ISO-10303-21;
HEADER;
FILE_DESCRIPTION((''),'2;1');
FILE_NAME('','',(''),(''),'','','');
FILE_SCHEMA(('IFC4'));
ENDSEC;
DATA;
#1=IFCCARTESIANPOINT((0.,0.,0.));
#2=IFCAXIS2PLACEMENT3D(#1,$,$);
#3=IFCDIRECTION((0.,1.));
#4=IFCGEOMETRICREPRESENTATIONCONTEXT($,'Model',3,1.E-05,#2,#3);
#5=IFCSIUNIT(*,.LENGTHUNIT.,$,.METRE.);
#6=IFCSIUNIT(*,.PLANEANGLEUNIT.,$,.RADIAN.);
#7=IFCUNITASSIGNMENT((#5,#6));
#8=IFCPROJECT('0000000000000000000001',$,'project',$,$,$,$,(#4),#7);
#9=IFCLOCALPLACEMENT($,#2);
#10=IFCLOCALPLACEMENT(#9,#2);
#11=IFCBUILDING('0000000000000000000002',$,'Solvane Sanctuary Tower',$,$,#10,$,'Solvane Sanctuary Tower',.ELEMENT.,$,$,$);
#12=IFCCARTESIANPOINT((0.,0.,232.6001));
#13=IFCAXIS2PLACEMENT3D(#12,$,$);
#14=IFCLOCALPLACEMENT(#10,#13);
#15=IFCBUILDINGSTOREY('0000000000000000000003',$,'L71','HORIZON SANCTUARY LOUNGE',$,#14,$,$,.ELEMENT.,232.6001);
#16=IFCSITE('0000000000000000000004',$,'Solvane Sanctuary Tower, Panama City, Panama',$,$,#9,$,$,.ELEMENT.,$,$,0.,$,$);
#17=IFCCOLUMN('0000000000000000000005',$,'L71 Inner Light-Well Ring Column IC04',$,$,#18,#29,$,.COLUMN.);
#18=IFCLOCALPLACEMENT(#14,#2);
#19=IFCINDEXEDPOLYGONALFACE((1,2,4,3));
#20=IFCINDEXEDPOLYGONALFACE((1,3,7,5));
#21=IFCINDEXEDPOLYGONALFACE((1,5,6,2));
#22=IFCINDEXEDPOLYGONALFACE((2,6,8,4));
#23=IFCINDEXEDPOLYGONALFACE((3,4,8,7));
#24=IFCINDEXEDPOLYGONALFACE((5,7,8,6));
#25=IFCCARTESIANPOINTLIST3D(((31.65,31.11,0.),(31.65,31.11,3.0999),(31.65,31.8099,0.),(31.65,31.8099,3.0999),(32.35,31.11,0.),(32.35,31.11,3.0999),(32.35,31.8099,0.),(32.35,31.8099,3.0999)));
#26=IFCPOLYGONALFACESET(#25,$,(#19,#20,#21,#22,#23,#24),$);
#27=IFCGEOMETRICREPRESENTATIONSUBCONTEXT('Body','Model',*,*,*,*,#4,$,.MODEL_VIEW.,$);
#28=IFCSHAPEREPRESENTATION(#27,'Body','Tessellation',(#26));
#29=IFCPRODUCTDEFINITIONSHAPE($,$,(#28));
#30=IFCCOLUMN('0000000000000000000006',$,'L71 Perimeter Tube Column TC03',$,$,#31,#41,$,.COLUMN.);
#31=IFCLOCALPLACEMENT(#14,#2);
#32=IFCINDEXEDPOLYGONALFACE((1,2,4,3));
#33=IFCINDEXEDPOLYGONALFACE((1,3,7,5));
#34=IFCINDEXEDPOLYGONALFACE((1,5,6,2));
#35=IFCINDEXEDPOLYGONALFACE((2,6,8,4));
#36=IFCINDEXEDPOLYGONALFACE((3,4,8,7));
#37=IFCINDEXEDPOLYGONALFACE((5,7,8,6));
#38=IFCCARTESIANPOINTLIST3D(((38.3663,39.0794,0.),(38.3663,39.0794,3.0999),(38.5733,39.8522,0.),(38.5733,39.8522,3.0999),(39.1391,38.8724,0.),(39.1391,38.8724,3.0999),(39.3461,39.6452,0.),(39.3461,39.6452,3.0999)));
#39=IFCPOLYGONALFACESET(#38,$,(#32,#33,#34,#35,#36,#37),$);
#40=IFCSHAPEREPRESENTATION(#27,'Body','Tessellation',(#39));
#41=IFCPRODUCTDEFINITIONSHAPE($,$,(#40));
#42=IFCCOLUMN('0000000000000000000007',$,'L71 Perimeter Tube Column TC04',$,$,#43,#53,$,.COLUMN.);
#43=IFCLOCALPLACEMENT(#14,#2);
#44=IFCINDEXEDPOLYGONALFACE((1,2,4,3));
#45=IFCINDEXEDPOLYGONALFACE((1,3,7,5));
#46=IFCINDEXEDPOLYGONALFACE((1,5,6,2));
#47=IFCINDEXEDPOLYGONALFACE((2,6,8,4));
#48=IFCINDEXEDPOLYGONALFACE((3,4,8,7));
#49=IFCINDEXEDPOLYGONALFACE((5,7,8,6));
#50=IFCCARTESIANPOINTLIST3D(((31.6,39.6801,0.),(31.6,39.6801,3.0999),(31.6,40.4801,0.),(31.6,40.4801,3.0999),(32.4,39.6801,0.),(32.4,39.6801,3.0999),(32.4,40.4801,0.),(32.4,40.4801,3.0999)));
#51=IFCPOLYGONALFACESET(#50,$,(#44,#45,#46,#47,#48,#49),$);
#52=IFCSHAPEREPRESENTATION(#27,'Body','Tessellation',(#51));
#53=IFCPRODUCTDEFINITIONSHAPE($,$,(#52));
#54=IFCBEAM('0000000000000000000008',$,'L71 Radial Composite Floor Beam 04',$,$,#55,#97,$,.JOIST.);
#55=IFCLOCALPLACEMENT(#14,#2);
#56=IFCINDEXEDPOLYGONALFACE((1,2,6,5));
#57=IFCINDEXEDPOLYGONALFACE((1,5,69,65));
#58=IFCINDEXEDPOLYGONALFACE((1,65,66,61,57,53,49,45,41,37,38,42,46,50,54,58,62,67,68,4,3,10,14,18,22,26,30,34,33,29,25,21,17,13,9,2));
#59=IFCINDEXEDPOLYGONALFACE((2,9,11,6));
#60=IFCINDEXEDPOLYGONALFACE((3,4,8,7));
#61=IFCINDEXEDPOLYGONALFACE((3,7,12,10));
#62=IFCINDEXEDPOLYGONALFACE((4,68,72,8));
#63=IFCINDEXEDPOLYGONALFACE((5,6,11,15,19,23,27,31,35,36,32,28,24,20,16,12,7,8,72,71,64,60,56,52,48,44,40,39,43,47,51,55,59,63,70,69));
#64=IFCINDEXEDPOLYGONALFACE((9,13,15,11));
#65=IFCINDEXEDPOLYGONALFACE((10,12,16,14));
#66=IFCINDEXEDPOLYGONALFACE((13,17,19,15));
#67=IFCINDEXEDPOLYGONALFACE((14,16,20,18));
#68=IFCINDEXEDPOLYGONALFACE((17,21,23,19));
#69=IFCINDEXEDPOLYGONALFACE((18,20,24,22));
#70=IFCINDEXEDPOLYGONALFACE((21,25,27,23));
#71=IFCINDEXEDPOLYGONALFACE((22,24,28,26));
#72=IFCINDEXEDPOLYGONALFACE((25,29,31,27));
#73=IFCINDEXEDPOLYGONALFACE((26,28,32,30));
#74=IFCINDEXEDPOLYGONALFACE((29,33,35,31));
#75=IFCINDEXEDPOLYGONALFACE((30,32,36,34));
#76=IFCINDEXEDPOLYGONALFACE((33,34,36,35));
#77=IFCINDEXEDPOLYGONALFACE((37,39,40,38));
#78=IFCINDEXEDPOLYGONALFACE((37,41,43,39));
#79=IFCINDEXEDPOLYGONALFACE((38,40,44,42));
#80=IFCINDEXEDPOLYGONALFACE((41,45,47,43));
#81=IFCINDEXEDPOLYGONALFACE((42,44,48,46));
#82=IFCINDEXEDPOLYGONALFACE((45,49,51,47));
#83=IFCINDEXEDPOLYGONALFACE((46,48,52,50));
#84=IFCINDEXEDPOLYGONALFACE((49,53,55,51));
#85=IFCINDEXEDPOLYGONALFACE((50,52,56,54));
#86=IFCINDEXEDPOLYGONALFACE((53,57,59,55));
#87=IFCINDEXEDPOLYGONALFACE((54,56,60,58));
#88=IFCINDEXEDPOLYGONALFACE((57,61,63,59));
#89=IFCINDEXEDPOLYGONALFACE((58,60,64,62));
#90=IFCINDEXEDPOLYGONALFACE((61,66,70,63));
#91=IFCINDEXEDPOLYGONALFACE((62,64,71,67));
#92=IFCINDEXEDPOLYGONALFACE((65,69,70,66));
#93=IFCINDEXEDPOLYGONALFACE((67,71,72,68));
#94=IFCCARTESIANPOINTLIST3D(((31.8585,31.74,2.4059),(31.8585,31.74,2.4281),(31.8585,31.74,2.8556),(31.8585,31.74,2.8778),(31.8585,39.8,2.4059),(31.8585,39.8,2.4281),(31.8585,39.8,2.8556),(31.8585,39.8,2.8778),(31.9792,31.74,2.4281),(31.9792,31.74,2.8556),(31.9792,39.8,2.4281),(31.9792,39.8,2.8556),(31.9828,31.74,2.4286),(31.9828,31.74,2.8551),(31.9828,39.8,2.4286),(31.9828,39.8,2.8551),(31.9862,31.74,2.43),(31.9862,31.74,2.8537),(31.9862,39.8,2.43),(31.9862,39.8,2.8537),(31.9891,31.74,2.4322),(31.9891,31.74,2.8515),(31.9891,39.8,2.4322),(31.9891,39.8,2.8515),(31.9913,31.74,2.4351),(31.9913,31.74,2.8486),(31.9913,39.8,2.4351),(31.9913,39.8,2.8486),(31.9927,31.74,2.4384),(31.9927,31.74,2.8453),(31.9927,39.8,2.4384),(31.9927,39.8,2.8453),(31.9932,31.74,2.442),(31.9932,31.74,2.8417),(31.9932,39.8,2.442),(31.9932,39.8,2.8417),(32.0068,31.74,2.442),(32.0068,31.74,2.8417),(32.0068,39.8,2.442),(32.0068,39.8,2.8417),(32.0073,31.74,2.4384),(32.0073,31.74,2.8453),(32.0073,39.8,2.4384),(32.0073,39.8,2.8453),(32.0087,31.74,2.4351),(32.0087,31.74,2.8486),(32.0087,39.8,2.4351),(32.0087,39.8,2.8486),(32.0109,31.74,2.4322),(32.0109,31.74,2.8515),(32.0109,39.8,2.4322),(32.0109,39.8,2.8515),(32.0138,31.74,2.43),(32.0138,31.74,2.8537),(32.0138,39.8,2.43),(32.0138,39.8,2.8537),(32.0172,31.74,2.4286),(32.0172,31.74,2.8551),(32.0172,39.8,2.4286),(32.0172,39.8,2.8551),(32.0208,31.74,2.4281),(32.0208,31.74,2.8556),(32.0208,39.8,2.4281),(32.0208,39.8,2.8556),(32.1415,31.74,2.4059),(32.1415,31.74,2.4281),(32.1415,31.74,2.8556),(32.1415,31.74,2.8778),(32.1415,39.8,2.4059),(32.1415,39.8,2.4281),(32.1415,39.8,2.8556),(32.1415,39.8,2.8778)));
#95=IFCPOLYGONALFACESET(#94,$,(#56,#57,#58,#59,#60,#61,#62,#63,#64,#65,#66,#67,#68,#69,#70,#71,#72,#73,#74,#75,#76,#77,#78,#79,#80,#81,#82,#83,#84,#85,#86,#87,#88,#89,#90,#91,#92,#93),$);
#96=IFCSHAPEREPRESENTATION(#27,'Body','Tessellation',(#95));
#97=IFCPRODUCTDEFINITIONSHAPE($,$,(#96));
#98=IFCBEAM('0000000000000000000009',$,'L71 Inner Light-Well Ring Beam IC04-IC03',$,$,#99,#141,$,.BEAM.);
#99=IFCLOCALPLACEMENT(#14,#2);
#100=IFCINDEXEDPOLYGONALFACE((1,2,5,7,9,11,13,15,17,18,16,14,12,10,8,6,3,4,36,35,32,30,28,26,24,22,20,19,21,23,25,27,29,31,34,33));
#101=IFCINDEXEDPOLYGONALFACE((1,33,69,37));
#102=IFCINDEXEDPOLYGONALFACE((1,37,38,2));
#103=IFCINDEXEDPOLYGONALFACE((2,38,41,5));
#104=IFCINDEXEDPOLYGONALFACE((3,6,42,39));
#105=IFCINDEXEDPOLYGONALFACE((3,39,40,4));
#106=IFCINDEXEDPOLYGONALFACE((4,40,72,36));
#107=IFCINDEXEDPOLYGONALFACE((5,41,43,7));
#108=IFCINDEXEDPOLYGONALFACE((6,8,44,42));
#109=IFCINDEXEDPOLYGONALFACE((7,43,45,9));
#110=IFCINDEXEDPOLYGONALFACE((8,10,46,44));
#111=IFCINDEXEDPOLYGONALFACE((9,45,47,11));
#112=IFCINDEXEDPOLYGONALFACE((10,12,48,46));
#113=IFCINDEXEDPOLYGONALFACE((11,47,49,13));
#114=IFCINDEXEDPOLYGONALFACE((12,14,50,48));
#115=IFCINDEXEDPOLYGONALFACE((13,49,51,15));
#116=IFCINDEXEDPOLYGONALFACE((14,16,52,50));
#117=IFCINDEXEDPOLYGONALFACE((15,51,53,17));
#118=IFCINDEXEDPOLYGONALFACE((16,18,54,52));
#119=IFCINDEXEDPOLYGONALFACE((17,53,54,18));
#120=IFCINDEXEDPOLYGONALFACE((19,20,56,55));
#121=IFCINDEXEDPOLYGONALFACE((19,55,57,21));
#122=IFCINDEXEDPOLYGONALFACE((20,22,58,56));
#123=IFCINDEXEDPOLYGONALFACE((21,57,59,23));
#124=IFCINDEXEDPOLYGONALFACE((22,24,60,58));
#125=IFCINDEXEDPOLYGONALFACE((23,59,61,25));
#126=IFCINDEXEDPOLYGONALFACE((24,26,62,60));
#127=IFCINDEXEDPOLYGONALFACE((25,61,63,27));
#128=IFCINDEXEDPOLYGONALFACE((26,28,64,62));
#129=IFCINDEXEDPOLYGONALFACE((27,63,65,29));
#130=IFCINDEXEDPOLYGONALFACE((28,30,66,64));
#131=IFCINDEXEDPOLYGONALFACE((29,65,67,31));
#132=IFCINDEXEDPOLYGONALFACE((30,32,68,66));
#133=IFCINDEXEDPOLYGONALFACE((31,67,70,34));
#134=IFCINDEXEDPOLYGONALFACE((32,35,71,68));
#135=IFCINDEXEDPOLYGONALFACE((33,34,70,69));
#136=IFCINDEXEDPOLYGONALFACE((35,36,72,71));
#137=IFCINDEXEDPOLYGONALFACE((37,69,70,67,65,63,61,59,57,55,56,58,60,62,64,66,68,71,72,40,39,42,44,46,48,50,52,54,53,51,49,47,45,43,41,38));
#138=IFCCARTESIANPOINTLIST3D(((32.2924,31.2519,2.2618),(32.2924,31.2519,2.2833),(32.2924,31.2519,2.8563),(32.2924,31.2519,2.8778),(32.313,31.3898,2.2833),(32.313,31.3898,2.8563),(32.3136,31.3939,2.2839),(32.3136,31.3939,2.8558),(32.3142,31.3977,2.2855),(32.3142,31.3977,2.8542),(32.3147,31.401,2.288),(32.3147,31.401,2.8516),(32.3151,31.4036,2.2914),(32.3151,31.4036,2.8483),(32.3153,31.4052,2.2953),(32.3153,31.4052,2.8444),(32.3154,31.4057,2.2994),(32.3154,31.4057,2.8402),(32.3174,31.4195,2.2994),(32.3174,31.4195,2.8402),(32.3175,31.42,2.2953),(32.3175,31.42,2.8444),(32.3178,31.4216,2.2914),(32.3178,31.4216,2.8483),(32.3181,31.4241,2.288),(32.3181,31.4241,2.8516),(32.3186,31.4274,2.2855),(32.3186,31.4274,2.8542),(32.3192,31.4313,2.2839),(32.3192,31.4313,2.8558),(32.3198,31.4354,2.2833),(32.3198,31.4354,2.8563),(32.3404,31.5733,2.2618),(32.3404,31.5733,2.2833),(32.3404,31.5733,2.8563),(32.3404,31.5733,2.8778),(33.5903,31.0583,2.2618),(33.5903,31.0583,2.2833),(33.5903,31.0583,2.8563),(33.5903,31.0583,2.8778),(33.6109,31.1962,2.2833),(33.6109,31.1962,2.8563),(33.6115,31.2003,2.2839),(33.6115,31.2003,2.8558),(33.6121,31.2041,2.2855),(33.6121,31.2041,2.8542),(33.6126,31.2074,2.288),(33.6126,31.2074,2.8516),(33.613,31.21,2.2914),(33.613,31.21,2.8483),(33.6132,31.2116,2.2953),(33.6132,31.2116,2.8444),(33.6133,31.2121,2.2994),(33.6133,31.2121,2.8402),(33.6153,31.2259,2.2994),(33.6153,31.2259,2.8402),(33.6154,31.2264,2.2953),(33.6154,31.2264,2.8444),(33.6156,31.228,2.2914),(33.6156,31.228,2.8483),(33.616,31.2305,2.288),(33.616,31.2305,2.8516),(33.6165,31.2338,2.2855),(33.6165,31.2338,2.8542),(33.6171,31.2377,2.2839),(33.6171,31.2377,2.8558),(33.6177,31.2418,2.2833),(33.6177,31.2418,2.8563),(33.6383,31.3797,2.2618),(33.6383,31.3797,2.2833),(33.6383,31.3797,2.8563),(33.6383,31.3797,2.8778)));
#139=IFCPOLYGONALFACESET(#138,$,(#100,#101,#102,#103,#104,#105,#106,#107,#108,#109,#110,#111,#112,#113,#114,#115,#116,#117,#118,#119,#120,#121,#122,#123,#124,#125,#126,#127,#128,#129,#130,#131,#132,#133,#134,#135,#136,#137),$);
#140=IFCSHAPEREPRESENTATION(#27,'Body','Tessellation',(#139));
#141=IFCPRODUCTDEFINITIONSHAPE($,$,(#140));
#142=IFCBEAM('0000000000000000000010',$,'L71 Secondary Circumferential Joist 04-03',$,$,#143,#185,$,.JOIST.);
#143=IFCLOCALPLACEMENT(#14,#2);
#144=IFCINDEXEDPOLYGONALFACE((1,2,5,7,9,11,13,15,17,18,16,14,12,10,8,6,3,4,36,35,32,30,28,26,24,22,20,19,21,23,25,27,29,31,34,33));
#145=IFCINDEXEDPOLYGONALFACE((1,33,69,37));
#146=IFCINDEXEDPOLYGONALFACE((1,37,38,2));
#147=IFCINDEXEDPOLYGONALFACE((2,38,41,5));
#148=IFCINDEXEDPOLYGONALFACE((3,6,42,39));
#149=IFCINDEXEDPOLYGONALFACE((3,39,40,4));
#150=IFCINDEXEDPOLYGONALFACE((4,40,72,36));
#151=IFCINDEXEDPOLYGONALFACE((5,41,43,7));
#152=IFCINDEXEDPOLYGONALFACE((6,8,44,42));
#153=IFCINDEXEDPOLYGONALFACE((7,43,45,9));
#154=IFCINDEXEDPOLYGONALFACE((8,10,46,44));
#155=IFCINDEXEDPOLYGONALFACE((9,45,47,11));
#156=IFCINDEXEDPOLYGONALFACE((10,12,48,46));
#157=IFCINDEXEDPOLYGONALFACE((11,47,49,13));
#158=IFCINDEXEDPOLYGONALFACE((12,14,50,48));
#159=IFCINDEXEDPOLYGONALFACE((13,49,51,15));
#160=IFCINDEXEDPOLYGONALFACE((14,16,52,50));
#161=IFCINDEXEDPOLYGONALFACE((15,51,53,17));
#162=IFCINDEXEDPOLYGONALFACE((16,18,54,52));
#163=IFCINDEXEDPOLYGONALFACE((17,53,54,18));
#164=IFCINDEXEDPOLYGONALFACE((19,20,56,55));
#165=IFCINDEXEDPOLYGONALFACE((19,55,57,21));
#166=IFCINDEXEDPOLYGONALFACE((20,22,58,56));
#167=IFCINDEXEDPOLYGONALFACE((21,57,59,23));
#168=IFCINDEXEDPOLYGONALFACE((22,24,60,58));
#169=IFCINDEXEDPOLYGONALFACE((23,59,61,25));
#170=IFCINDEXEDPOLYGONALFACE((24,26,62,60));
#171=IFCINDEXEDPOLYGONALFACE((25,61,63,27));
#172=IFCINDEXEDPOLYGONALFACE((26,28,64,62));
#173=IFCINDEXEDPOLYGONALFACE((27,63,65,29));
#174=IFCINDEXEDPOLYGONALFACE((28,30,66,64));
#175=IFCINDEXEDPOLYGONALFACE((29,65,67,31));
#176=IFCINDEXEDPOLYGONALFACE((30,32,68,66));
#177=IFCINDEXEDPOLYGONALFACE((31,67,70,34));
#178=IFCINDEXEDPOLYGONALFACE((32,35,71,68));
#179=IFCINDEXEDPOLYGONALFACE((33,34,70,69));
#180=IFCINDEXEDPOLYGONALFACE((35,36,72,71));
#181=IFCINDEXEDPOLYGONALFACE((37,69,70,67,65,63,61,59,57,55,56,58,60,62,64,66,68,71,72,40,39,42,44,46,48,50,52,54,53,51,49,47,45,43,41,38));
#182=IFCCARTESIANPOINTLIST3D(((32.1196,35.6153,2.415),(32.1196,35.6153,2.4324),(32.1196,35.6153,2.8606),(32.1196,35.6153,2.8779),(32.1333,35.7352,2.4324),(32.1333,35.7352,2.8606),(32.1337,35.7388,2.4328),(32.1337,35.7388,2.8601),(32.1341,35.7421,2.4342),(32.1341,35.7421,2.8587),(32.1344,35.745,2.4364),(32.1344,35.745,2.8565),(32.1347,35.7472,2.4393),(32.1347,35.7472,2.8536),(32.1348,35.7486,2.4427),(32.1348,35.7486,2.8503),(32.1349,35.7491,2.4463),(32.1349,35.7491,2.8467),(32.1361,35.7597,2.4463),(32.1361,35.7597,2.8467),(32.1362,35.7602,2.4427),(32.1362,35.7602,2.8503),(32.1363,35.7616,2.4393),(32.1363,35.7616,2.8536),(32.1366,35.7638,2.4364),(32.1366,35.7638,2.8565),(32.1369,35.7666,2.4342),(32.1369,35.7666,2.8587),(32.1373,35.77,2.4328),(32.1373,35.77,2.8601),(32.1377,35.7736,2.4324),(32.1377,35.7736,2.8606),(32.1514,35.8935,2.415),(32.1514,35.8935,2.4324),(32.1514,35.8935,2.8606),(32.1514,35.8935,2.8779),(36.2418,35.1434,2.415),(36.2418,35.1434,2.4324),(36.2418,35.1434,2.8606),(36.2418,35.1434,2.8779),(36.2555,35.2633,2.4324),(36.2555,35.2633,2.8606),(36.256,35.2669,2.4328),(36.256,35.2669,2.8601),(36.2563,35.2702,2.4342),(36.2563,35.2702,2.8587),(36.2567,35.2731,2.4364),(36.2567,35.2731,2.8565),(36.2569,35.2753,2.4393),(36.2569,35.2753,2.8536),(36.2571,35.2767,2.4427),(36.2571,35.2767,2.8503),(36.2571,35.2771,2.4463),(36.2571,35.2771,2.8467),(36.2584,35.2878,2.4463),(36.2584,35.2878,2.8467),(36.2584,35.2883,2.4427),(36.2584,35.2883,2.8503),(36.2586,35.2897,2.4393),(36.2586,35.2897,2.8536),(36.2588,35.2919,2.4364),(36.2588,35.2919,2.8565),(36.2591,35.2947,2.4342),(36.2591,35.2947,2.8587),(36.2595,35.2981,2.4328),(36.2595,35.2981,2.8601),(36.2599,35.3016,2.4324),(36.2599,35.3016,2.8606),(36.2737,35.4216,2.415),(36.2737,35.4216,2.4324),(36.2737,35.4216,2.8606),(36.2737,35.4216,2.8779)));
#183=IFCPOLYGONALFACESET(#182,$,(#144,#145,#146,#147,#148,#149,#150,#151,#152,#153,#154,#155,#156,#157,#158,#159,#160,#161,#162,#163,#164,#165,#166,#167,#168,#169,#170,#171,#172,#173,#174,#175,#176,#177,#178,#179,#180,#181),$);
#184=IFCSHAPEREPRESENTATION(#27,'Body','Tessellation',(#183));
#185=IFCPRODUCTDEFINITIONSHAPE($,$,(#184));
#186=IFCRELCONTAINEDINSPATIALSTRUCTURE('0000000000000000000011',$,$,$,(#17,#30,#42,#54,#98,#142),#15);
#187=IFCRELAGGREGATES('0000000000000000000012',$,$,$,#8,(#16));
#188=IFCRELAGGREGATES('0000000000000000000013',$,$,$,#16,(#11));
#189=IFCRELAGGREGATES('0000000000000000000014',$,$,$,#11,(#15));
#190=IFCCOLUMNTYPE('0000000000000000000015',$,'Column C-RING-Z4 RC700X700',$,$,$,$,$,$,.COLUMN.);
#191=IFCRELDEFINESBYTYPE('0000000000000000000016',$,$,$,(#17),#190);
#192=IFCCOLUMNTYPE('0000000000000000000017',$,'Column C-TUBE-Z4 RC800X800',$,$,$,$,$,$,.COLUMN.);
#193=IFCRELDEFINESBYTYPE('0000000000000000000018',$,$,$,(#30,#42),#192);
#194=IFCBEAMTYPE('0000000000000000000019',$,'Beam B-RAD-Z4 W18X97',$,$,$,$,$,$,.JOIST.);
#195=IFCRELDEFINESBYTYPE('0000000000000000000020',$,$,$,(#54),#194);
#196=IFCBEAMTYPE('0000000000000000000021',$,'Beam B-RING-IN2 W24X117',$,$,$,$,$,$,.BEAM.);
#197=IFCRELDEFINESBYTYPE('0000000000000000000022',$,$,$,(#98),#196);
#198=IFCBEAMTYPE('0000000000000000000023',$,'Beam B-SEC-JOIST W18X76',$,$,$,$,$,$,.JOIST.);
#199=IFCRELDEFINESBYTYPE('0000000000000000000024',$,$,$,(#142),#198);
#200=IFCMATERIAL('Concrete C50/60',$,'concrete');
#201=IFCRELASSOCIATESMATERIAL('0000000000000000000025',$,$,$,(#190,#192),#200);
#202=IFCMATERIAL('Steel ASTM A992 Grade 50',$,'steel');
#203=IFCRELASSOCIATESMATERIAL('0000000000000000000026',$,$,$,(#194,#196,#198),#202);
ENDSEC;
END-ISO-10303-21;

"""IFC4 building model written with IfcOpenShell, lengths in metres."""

from ifc_helpers import new_model, si_unit, direction, frame, origin, origin_2d, place, context, subcontext, project, spatial, rectangle, i_section, extrude, material, material_profile, profile_set, type_object, element, save


model = new_model("IFC4")

# Units and contexts
model_context = context("Model", 3, precision=1e-05, world=origin(), true_north=direction((0.0, 1.0)))
body_context = subcontext(model_context, "Body", "Model", "MODEL_VIEW")
ifc_project = project(units=[si_unit("LENGTHUNIT", "METRE"), si_unit("PLANEANGLEUNIT", "RADIAN")], contexts=[model_context])

# Site, building, storey
site_placement = place(None, origin())
site = spatial("IfcSite", under=ifc_project, at=site_placement, Name="Solvane Sanctuary Tower, Panama City, Panama", CompositionType="ELEMENT", RefElevation=0.0)
building_placement = place(site_placement, origin())
building = spatial("IfcBuilding", under=site, at=building_placement, Name="Solvane Sanctuary Tower", LongName="Solvane Sanctuary Tower", CompositionType="ELEMENT")
storey_placement = place(building_placement, frame((0.0, 0.0, 232.6001)))
storey = spatial("IfcBuildingStorey", under=building, at=storey_placement, Name="L71", Description="HORIZON SANCTUARY LOUNGE", CompositionType="ELEMENT", Elevation=232.6001)

# Columns
ifc_material_1 = material(Name="Concrete C50/60", Category="concrete")
ifc_material_profile_1 = material_profile(ifc_material_1, rectangle(XDim=0.7, YDim=0.7, at=origin_2d()), Name="RC700X700")
ifc_profile_set_1 = profile_set([ifc_material_profile_1], Name="Concrete C50/60")
column_type_1 = type_object("IfcColumnType", Name="Column C-RING-Z4 RC700X700", PredefinedType="COLUMN", material=ifc_profile_set_1)
column_placement = place(storey_placement, frame((32.0, 31.46, 0.0), z_axis=(0.0, 0.0, 1.0), x_axis=(1.0, 0.0, 0.0)))
element("IfcColumn", 1, at=column_placement, inside=storey, type_object=column_type_1, Name="L71 Inner Light-Well Ring Column IC04", PredefinedType="COLUMN", context=body_context, shape_type="SweptSolid", body=[
    extrude(rectangle(XDim=0.7, YDim=0.7, at=origin_2d()), origin(), (0.0, 0.0, 1.0), 3.0999),
])
ifc_material_profile_2 = material_profile(ifc_material_1, rectangle(XDim=0.8, YDim=0.8, at=origin_2d()), Name="RC800X800")
ifc_profile_set_2 = profile_set([ifc_material_profile_2], Name="Concrete C50/60")
column_type_2 = type_object("IfcColumnType", Name="Column C-TUBE-Z4 RC800X800", PredefinedType="COLUMN", material=ifc_profile_set_2)
for number, where, z_axis, x_axis, name in (
    (2, (38.8562, 39.3623, 0.0), (0.0, 0.0, 1.0), (0.258819, 0.965926, 0.0), "L71 Perimeter Tube Column TC03"),
    (3, (32.0, 40.0801, 0.0), (0.0, 0.0, 1.0), (0.0, 1.0, 0.0), "L71 Perimeter Tube Column TC04"),
):
    element("IfcColumn", number, at=place(storey_placement, frame(where, z_axis=z_axis, x_axis=x_axis)), inside=storey, type_object=column_type_2, Name=name, PredefinedType="COLUMN", context=body_context, shape_type="SweptSolid", body=[
        extrude(rectangle(XDim=0.8, YDim=0.8, at=origin_2d()), origin(), (0.0, 0.0, 1.0), 3.0999),
    ])

# Beams
ifc_material_2 = material(Name="Steel ASTM A992 Grade 50", Category="steel")
ifc_material_profile_3 = material_profile(ifc_material_2, i_section(OverallWidth=0.283, OverallDepth=0.4719, WebThickness=0.0137, FlangeThickness=0.0222, FilletRadius=0.0139, at=origin_2d()), Name="W18X97")
ifc_profile_set_3 = profile_set([ifc_material_profile_3], Name="Steel ASTM A992 Grade 50")
beam_type_1 = type_object("IfcBeamType", Name="Beam B-RAD-Z4 W18X97", PredefinedType="JOIST", material=ifc_profile_set_3)
beam_1_placement = place(storey_placement, frame((32.0, 31.74, 2.6418), z_axis=(0.0, 1.0, 0.0), x_axis=(-1.0, 0.0, 0.0)))
element("IfcBeam", 4, at=beam_1_placement, inside=storey, type_object=beam_type_1, Name="L71 Radial Composite Floor Beam 04", PredefinedType="JOIST", context=body_context, shape_type="SweptSolid", body=[
    extrude(i_section(OverallWidth=0.283, OverallDepth=0.4719, WebThickness=0.0137, FlangeThickness=0.0222, FilletRadius=0.0139, at=origin_2d()), origin(), (0.0, 0.0, 1.0), 8.0601),
])
ifc_material_profile_4 = material_profile(ifc_material_2, i_section(OverallWidth=0.325, OverallDepth=0.616, WebThickness=0.0139, FlangeThickness=0.0215, FilletRadius=0.0161, at=origin_2d()), Name="W24X117")
ifc_profile_set_4 = profile_set([ifc_material_profile_4], Name="Steel ASTM A992 Grade 50")
beam_type_2 = type_object("IfcBeamType", Name="Beam B-RING-IN2 W24X117", PredefinedType="BEAM", material=ifc_profile_set_4)
beam_2_placement = place(storey_placement, frame((32.3164, 31.4126, 2.5698), z_axis=(0.989056, -0.14754, 0.0), x_axis=(0.14754, 0.989056, 0.0)))
element("IfcBeam", 5, at=beam_2_placement, inside=storey, type_object=beam_type_2, Name="L71 Inner Light-Well Ring Beam IC04-IC03", PredefinedType="BEAM", context=body_context, shape_type="SweptSolid", body=[
    extrude(i_section(OverallWidth=0.325, OverallDepth=0.616, WebThickness=0.0139, FlangeThickness=0.0215, FilletRadius=0.0161, at=origin_2d()), origin(), (0.0, 0.0, 1.0), 1.3123),
])
ifc_material_profile_5 = material_profile(ifc_material_2, i_section(OverallWidth=0.28, OverallDepth=0.4629, WebThickness=0.0107, FlangeThickness=0.0173, FilletRadius=0.0139, at=origin_2d()), Name="W18X76")
ifc_profile_set_5 = profile_set([ifc_material_profile_5], Name="Steel ASTM A992 Grade 50")
beam_type_3 = type_object("IfcBeamType", Name="Beam B-SEC-JOIST W18X76", PredefinedType="JOIST", material=ifc_profile_set_5)
beam_3_placement = place(storey_placement, frame((32.1355, 35.7544, 2.6465), z_axis=(0.993511, -0.113737, 0.0), x_axis=(0.113737, 0.993511, 0.0)))
element("IfcBeam", 6, at=beam_3_placement, inside=storey, type_object=beam_type_3, Name="L71 Secondary Circumferential Joist 04-03", PredefinedType="JOIST", context=body_context, shape_type="SweptSolid", body=[
    extrude(i_section(OverallWidth=0.28, OverallDepth=0.4629, WebThickness=0.0107, FlangeThickness=0.0173, FilletRadius=0.0139, at=origin_2d()), origin(), (0.0, 0.0, 1.0), 4.1492),
])

save(model, "model.ifc")
